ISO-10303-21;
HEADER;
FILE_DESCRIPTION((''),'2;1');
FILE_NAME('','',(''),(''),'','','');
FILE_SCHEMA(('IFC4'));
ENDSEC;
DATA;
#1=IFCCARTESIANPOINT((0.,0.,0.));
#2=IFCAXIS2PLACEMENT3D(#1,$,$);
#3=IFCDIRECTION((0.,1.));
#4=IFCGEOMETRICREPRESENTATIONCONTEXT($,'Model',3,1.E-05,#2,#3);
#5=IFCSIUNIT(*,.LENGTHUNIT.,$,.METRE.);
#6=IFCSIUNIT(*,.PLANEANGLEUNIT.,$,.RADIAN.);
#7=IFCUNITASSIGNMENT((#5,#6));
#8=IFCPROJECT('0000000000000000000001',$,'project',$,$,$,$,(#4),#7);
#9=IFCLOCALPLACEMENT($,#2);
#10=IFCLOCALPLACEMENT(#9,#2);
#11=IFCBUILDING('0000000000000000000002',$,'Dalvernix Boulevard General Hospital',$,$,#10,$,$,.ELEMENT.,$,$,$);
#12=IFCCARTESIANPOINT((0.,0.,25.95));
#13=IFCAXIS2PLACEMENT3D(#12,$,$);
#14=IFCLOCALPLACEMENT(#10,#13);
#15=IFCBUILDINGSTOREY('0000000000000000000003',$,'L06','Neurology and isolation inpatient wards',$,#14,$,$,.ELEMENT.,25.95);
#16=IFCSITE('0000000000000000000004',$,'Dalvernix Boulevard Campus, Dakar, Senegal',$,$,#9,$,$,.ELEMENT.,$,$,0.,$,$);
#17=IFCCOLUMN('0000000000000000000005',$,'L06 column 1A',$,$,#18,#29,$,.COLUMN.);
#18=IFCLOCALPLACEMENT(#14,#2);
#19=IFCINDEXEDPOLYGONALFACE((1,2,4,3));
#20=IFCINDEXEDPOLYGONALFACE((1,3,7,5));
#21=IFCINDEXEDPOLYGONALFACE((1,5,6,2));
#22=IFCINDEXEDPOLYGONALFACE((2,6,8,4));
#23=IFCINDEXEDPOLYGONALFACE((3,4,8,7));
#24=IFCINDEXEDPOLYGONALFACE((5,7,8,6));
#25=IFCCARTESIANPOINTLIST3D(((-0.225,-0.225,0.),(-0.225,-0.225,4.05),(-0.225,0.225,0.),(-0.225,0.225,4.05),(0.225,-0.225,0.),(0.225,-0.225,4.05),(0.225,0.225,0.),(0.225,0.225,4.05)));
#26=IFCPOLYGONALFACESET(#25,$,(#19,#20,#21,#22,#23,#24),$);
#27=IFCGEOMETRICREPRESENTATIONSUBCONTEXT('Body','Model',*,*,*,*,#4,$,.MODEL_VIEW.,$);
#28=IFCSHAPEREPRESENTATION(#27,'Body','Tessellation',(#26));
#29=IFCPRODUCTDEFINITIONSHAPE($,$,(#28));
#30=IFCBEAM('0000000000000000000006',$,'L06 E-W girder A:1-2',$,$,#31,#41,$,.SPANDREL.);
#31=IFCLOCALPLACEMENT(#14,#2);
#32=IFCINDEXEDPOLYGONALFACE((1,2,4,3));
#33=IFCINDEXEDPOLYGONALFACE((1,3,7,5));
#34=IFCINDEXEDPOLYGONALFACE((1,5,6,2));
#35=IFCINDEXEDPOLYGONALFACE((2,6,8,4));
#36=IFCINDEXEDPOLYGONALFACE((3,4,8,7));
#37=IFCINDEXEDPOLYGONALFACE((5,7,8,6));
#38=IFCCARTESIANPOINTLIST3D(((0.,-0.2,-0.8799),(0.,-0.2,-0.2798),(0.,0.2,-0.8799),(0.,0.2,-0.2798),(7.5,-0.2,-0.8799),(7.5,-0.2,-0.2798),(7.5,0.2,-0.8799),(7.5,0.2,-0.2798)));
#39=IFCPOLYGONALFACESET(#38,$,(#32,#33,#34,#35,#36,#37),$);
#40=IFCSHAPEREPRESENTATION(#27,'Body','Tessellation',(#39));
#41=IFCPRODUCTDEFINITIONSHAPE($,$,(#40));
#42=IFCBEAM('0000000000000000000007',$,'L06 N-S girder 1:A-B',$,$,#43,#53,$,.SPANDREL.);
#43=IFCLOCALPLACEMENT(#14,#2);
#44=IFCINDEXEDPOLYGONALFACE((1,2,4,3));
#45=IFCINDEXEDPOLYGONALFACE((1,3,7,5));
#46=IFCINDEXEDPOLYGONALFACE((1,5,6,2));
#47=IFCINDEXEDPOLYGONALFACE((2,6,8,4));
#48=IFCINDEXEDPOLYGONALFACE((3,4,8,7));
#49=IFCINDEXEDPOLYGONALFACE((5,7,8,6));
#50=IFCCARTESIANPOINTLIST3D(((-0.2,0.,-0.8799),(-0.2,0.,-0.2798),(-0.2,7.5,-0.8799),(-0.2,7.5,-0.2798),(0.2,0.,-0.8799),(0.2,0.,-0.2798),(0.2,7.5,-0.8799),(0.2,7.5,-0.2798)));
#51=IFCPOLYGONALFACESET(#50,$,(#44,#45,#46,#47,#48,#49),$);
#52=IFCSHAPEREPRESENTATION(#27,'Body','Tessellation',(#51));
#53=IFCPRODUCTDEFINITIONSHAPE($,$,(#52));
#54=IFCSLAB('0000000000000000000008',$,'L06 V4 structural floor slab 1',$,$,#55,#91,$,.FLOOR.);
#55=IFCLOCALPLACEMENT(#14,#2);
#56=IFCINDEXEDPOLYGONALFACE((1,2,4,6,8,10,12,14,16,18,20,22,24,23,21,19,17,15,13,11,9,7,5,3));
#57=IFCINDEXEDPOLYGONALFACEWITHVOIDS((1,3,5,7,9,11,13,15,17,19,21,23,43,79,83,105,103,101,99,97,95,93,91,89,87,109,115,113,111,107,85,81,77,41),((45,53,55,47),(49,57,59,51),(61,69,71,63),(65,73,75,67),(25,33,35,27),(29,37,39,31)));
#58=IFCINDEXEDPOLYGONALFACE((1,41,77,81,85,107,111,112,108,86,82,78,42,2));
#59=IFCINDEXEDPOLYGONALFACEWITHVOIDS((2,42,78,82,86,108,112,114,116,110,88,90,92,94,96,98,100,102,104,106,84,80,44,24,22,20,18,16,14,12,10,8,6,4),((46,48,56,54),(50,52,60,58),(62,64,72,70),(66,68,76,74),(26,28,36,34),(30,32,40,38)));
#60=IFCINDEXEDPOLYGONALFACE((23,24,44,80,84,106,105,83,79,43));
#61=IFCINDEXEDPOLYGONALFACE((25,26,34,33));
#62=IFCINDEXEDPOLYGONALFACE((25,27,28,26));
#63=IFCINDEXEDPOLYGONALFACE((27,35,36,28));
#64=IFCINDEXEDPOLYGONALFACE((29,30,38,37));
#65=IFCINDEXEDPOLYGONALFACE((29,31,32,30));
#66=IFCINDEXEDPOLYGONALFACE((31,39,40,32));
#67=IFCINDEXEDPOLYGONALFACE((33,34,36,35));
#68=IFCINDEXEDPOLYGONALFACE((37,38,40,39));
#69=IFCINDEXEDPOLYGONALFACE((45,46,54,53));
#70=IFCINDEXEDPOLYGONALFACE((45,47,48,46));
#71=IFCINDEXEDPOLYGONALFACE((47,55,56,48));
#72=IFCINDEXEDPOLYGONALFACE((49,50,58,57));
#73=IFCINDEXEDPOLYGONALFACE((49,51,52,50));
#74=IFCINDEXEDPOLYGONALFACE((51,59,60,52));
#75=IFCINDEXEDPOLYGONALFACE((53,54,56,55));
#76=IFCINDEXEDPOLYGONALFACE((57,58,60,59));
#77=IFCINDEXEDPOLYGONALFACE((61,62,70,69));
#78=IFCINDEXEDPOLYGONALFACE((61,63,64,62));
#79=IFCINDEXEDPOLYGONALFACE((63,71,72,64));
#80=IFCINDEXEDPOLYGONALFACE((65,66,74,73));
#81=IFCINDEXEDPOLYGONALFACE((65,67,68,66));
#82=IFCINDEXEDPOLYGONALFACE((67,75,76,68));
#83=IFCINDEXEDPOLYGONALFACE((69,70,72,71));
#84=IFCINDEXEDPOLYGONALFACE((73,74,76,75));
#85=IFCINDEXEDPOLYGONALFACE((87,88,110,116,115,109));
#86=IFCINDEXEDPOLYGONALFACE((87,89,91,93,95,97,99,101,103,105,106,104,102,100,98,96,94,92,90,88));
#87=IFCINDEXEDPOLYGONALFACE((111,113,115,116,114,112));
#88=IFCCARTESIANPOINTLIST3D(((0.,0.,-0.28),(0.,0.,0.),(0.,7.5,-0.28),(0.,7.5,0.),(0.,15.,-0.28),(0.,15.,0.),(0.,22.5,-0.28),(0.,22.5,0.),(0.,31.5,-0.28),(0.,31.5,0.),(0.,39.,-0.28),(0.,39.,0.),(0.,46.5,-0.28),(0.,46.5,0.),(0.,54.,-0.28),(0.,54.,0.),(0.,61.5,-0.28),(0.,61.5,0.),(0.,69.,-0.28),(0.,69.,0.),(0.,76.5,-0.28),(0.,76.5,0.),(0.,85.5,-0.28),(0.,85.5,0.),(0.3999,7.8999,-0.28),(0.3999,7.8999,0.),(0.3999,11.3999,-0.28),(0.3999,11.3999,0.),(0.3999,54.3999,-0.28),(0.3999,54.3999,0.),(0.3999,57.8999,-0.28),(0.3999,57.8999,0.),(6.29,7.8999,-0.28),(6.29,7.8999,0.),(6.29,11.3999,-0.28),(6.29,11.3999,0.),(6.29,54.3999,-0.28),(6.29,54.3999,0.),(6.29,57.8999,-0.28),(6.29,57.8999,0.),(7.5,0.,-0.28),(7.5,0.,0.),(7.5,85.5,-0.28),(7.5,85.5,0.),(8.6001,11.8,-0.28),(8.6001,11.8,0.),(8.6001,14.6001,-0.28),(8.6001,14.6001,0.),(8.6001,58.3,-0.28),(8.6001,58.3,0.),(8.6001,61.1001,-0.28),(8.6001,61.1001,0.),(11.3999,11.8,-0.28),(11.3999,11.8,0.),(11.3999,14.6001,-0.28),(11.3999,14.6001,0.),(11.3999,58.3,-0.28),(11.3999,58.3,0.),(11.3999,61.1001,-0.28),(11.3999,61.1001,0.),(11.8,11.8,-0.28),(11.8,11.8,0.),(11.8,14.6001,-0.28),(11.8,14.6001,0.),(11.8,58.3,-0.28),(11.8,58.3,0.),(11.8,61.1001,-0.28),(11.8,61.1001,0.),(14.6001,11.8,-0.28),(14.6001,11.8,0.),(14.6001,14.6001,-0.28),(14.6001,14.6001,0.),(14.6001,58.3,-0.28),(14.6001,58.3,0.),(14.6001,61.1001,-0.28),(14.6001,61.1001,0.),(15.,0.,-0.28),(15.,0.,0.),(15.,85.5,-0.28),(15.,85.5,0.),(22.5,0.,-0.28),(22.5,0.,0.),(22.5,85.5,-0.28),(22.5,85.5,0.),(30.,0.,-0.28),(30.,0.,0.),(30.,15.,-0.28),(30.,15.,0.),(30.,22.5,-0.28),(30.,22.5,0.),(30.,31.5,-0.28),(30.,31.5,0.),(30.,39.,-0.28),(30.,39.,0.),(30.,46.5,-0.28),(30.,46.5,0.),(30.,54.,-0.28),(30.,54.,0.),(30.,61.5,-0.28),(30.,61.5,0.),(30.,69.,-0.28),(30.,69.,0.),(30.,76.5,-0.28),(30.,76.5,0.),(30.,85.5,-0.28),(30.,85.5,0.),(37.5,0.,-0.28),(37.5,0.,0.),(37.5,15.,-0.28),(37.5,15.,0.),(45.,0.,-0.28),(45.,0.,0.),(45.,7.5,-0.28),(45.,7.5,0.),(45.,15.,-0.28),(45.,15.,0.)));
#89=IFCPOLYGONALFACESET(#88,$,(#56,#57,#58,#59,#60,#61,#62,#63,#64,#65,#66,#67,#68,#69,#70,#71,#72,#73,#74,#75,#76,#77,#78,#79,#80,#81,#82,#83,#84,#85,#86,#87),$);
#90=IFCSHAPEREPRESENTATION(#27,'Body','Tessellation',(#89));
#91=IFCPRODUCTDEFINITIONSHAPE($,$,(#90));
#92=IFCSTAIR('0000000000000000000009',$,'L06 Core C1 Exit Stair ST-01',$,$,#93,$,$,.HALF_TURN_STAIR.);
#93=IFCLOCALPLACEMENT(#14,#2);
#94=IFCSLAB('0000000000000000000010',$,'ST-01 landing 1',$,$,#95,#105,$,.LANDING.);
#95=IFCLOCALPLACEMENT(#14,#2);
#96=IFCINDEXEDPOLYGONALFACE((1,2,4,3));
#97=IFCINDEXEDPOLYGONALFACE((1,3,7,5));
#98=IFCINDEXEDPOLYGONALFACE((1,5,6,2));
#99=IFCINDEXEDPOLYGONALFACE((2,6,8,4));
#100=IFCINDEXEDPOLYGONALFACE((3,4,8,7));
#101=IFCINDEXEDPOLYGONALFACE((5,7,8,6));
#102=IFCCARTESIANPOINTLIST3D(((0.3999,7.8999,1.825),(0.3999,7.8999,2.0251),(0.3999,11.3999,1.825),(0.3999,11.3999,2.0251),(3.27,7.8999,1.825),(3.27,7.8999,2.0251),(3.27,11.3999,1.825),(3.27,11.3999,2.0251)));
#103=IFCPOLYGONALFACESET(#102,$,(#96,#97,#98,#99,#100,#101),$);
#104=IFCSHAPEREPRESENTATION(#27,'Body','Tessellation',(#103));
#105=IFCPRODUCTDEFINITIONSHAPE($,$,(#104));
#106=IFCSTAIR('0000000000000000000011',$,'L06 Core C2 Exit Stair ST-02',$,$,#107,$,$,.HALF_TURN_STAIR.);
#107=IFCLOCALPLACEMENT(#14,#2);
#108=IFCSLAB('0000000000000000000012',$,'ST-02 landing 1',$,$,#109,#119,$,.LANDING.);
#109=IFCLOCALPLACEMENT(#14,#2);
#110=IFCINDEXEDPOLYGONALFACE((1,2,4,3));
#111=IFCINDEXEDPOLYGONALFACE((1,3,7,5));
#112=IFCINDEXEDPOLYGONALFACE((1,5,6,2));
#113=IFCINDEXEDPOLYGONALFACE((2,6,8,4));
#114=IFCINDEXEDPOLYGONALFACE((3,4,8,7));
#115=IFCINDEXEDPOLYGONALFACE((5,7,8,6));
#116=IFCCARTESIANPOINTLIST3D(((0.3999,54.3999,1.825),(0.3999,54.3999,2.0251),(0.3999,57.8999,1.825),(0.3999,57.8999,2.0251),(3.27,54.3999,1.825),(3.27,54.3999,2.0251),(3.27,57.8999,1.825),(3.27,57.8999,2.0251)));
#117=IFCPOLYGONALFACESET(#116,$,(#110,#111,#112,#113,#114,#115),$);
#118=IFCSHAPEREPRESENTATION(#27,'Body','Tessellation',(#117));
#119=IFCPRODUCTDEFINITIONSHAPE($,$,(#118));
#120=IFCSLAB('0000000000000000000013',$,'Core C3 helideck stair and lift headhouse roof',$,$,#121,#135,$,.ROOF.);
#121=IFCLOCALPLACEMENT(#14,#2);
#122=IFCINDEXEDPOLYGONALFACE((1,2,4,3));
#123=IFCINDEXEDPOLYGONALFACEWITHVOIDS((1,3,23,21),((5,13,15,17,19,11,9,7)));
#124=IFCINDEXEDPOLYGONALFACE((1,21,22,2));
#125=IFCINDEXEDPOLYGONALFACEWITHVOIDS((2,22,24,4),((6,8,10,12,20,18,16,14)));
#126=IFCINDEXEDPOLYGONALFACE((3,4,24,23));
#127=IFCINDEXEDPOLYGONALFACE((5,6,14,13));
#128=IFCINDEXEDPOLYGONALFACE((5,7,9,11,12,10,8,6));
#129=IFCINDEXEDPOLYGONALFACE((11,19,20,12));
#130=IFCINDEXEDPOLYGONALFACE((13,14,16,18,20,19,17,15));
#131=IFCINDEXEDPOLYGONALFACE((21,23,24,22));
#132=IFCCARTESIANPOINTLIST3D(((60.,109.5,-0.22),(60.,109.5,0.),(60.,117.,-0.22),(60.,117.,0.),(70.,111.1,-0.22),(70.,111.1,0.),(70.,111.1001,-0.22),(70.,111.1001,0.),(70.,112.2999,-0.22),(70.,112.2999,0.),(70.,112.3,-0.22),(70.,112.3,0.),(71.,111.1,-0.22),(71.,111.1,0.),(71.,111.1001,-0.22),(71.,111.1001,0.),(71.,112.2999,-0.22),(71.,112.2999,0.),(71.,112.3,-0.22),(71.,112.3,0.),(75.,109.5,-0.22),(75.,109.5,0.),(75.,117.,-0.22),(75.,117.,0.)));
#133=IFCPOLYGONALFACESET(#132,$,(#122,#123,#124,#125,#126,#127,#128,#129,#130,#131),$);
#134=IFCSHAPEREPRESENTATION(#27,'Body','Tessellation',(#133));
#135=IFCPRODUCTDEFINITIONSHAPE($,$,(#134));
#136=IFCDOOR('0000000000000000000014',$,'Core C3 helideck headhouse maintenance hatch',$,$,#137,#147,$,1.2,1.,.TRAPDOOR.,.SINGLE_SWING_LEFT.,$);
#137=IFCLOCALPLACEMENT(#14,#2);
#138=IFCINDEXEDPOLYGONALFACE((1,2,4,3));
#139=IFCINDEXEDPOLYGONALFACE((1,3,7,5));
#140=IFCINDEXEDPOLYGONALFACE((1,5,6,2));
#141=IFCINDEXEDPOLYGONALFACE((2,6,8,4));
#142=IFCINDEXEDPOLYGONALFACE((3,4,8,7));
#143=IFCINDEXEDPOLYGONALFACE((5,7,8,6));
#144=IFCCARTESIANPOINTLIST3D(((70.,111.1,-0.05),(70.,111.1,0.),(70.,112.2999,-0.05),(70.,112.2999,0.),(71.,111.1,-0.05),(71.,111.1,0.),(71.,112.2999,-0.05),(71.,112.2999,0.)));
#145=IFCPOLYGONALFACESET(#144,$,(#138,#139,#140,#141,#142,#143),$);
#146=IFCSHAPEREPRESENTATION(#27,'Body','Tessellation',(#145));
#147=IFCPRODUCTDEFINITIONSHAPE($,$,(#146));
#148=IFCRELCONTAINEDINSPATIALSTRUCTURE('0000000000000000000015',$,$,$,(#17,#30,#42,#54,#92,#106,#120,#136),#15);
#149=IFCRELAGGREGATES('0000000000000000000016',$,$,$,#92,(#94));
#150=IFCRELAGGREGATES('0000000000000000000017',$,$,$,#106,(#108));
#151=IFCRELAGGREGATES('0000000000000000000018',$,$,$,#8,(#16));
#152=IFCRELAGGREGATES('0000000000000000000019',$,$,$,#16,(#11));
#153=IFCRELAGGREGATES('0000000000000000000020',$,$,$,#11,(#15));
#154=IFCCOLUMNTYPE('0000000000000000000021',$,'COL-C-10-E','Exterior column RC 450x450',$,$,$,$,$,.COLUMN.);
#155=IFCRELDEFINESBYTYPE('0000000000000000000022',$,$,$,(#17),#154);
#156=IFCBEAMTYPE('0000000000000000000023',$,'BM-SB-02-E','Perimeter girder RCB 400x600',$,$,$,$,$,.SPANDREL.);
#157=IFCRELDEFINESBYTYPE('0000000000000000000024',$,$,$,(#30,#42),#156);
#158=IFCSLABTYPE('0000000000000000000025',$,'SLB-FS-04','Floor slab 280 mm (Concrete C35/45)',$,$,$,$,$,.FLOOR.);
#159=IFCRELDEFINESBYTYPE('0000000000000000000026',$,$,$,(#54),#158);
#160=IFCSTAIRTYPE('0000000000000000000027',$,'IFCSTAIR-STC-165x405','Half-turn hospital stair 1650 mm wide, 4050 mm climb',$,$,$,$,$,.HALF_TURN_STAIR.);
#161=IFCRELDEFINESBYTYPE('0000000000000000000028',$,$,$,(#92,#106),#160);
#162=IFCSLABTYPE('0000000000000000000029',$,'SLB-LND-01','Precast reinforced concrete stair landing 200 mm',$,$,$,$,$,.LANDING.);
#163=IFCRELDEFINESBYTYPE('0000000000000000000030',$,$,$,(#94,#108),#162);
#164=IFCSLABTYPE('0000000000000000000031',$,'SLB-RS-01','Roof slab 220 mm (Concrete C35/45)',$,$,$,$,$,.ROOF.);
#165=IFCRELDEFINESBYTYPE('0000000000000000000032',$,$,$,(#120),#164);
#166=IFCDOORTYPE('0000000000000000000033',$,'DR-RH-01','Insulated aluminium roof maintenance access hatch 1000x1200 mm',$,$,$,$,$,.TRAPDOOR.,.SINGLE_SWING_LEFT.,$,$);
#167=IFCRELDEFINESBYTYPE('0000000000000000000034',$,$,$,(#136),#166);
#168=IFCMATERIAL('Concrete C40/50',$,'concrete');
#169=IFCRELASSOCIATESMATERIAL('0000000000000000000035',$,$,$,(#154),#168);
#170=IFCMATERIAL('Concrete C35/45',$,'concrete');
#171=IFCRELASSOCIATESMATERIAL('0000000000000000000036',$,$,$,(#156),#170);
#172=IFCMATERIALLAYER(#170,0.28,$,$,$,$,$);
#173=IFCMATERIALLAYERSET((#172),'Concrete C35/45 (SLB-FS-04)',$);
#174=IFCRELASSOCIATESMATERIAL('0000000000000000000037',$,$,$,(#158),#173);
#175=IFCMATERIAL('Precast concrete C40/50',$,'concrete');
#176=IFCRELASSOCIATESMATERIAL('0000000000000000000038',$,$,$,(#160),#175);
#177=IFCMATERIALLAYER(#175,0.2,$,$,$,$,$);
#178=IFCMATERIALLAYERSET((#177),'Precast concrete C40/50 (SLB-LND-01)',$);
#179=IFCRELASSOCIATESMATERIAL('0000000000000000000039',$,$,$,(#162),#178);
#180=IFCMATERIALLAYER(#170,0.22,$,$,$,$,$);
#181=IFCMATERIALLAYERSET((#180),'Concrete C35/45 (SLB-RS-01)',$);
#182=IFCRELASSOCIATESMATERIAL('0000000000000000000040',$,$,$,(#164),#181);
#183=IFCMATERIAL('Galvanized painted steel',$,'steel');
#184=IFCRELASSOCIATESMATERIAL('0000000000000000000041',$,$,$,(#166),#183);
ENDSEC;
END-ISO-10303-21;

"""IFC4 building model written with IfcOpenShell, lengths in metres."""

from ifc_helpers import new_model, si_unit, direction, frame, origin, origin_with_axes, origin_2d, place, context, subcontext, project, spatial, polyline, rectangle, outline, extrude, material, layer, layer_set, material_profile, profile_set, type_object, element, fill, aggregate, save


model = new_model("IFC4")

# Units and contexts
model_context = context("Model", 3, precision=1e-05, world=origin(), true_north=direction((0.0, 1.0)))
body_context = subcontext(model_context, "Body", "Model", "MODEL_VIEW")
ifc_project = project(units=[si_unit("LENGTHUNIT", "METRE"), si_unit("PLANEANGLEUNIT", "RADIAN")], contexts=[model_context])

# Site, building, storey
site_placement = place(None, origin())
site = spatial("IfcSite", under=ifc_project, at=site_placement, Name="Dalvernix Boulevard Campus, Dakar, Senegal", CompositionType="ELEMENT", RefElevation=0.0)
building_placement = place(site_placement, origin())
building = spatial("IfcBuilding", under=site, at=building_placement, Name="Dalvernix Boulevard General Hospital", CompositionType="ELEMENT")
storey_placement = place(building_placement, frame((0.0, 0.0, 25.95)))
storey = spatial("IfcBuildingStorey", under=building, at=storey_placement, Name="L06", Description="Neurology and isolation inpatient wards", CompositionType="ELEMENT", Elevation=25.95)

# Column
ifc_material_1 = material(Name="Concrete C40/50", Category="concrete")
ifc_material_profile_1 = material_profile(ifc_material_1, rectangle(XDim=0.45, YDim=0.45, at=origin_2d()), Name="RC 450x450")
ifc_profile_set_1 = profile_set([ifc_material_profile_1], Name="Concrete C40/50")
column_type = type_object("IfcColumnType", Name="COL-C-10-E", Description="Exterior column RC 450x450", PredefinedType="COLUMN", material=ifc_profile_set_1)
column_placement = place(storey_placement, origin_with_axes())
element("IfcColumn", 1, at=column_placement, inside=storey, type_object=column_type, Name="L06 column 1A", PredefinedType="COLUMN", context=body_context, shape_type="SweptSolid", body=[
    extrude(rectangle(XDim=0.45, YDim=0.45, at=origin_2d()), origin(), (0.0, 0.0, 1.0), 4.05),
])

# Beams
ifc_material_2 = material(Name="Concrete C35/45", Category="concrete")
ifc_material_profile_2 = material_profile(ifc_material_2, rectangle(XDim=0.3999, YDim=0.6001, at=origin_2d()), Name="RCB 400x600")
ifc_profile_set_2 = profile_set([ifc_material_profile_2], Name="Concrete C35/45")
beam_type = type_object("IfcBeamType", Name="BM-SB-02-E", Description="Perimeter girder RCB 400x600", PredefinedType="SPANDREL", material=ifc_profile_set_2)
for number, where, z_axis, x_axis, name in (
    (2, (0.0, 0.0, -0.5798), (1.0, 0.0, 0.0), (0.0, 1.0, 0.0), "L06 E-W girder A:1-2"),
    (3, (0.0, 0.0, -0.5798), (0.0, 1.0, 0.0), (-1.0, 0.0, 0.0), "L06 N-S girder 1:A-B"),
):
    element("IfcBeam", number, at=place(storey_placement, frame(where, z_axis=z_axis, x_axis=x_axis)), inside=storey, type_object=beam_type, Name=name, PredefinedType="SPANDREL", context=body_context, shape_type="SweptSolid", body=[
        extrude(rectangle(XDim=0.3999, YDim=0.6001, at=origin_2d()), origin(), (0.0, 0.0, 1.0), 7.5),
    ])

# Slab
ifc_layer_1 = layer(ifc_material_2, 0.28)
ifc_layer_set_1 = layer_set([ifc_layer_1], Name="Concrete C35/45 (SLB-FS-04)")
slab_type_1 = type_object("IfcSlabType", Name="SLB-FS-04", Description="Floor slab 280 mm (Concrete C35/45)", PredefinedType="FLOOR", material=ifc_layer_set_1)
slab_1_placement = place(storey_placement, frame((0.0, 0.0, -0.28)))
element("IfcSlab", 4, at=slab_1_placement, inside=storey, type_object=slab_type_1, Name="L06 V4 structural floor slab 1", PredefinedType="FLOOR", context=body_context, shape_type="SweptSolid", body=[
    extrude(outline(polyline([(0.0, 69.0), (0.0, 76.5), (0.0, 85.5), (7.5, 85.5), (15.0, 85.5), (22.5, 85.5), (30.0, 85.5), (30.0, 76.5), (30.0, 69.0), (30.0, 61.5), (30.0, 54.0), (30.0, 46.5), (30.0, 39.0), (30.0, 31.5), (30.0, 22.5), (30.0, 15.0), (37.5, 15.0), (45.0, 15.0), (45.0, 7.5), (45.0, 0.0), (37.5, 0.0), (30.0, 0.0), (22.5, 0.0), (15.0, 0.0), (7.5, 0.0), (0.0, 0.0), (0.0, 7.5), (0.0, 15.0), (0.0, 22.5), (0.0, 31.5), (0.0, 39.0), (0.0, 46.5), (0.0, 54.0), (0.0, 61.5), (0.0, 69.0)]), holes=[polyline([(0.3999, 11.3999), (0.3999, 7.8999), (6.29, 7.8999), (6.29, 11.3999), (0.3999, 11.3999)]), polyline([(11.3999, 14.6001), (8.6001, 14.6001), (8.6001, 11.8), (11.3999, 11.8), (11.3999, 14.6001)]), polyline([(14.6001, 11.8), (14.6001, 14.6001), (11.8, 14.6001), (11.8, 11.8), (14.6001, 11.8)]), polyline([(0.3999, 54.3999), (6.29, 54.3999), (6.29, 57.8999), (0.3999, 57.8999), (0.3999, 54.3999)]), polyline([(8.6001, 61.1001), (8.6001, 58.3), (11.3999, 58.3), (11.3999, 61.1001), (8.6001, 61.1001)]), polyline([(14.6001, 61.1001), (11.8, 61.1001), (11.8, 58.3), (14.6001, 58.3), (14.6001, 61.1001)])]), origin(), (0.0, 0.0, 1.0), 0.28),
])

# Stairs, slabs
ifc_material_3 = material(Name="Precast concrete C40/50", Category="concrete")
stair_type = type_object("IfcStairType", Name="IFCSTAIR-STC-165x405", Description="Half-turn hospital stair 1650 mm wide, 4050 mm climb", PredefinedType="HALF_TURN_STAIR", material=ifc_material_3)
stair_1_placement = place(storey_placement, origin())
stair_1 = element("IfcStair", 5, at=stair_1_placement, inside=storey, type_object=stair_type, Name="L06 Core C1 Exit Stair ST-01", PredefinedType="HALF_TURN_STAIR")
ifc_layer_2 = layer(ifc_material_3, 0.2)
ifc_layer_set_2 = layer_set([ifc_layer_2], Name="Precast concrete C40/50 (SLB-LND-01)")
slab_type_2 = type_object("IfcSlabType", Name="SLB-LND-01", Description="Precast reinforced concrete stair landing 200 mm", PredefinedType="LANDING", material=ifc_layer_set_2)
slab_2_placement = place(storey_placement, frame((0.0, 0.0, 1.825)))
slab_2 = element("IfcSlab", 6, at=slab_2_placement, type_object=slab_type_2, Name="ST-01 landing 1", PredefinedType="LANDING", context=body_context, shape_type="SweptSolid", body=[
    extrude(outline(polyline([(3.27, 11.3999), (0.3999, 11.3999), (0.3999, 7.8999), (3.27, 7.8999), (3.27, 11.3999)])), origin(), (0.0, 0.0, 1.0), 0.2002),
])
aggregate(stair_1, [slab_2])
stair_2_placement = place(storey_placement, origin())
stair_2 = element("IfcStair", 7, at=stair_2_placement, inside=storey, type_object=stair_type, Name="L06 Core C2 Exit Stair ST-02", PredefinedType="HALF_TURN_STAIR")
slab_3_placement = place(storey_placement, frame((0.0, 0.0, 1.825)))
slab_3 = element("IfcSlab", 8, at=slab_3_placement, type_object=slab_type_2, Name="ST-02 landing 1", PredefinedType="LANDING", context=body_context, shape_type="SweptSolid", body=[
    extrude(outline(polyline([(3.27, 57.8999), (0.3999, 57.8999), (0.3999, 54.3999), (3.27, 54.3999), (3.27, 57.8999)])), origin(), (0.0, 0.0, 1.0), 0.2002),
])
aggregate(stair_2, [slab_3])

# Slab, opening, door
ifc_layer_3 = layer(ifc_material_2, 0.22)
ifc_layer_set_3 = layer_set([ifc_layer_3], Name="Concrete C35/45 (SLB-RS-01)")
slab_type_3 = type_object("IfcSlabType", Name="SLB-RS-01", Description="Roof slab 220 mm (Concrete C35/45)", PredefinedType="ROOF", material=ifc_layer_set_3)
slab_4_placement = place(storey_placement, frame((0.0, 0.0, -0.22)))
slab_4 = element("IfcSlab", 9, at=slab_4_placement, inside=storey, type_object=slab_type_3, Name="Core C3 helideck stair and lift headhouse roof", PredefinedType="ROOF", context=body_context, shape_type="SweptSolid", body=[
    extrude(outline(polyline([(60.0, 109.5), (75.0, 109.5), (75.0, 117.0), (60.0, 117.0), (60.0, 109.5)]), holes=[polyline([(70.0, 111.1001), (71.0, 111.1001), (71.0, 112.3), (70.0, 112.3), (70.0, 111.1001)])]), origin(), (0.0, 0.0, 1.0), 0.22),
])
opening_1_placement = place(slab_4_placement, frame((70.5, 111.7, 0.0)))
opening_1 = element("IfcOpeningElement", 10, at=opening_1_placement, cuts=slab_4, PredefinedType="OPENING", context=body_context, shape_type="SweptSolid", body=[
    extrude(rectangle(XDim=1.0, YDim=1.2, at=origin_2d()), origin(), (0.0, 0.0, 1.0), 0.22),
])
ifc_material_4 = material(Name="Galvanized painted steel", Category="steel")
door_type = type_object("IfcDoorType", Name="DR-RH-01", Description="Insulated aluminium roof maintenance access hatch 1000x1200 mm", OperationType="SINGLE_SWING_LEFT", PredefinedType="TRAPDOOR", material=ifc_material_4)
door_1_placement = place(opening_1_placement, frame((0.0, 0.0, 0.1699)))
door_1 = element("IfcDoor", 11, at=door_1_placement, inside=storey, type_object=door_type, Name="Core C3 helideck headhouse maintenance hatch", OperationType="SINGLE_SWING_LEFT", OverallHeight=1.2, OverallWidth=1.0, PredefinedType="TRAPDOOR", context=body_context, shape_type="SweptSolid", body=[
    extrude(rectangle(XDim=1.0, YDim=1.2, at=origin_2d()), origin(), (0.0, 0.0, 1.0), 0.05),
])
fill(opening_1, door_1)

save(model, "model.ifc")
